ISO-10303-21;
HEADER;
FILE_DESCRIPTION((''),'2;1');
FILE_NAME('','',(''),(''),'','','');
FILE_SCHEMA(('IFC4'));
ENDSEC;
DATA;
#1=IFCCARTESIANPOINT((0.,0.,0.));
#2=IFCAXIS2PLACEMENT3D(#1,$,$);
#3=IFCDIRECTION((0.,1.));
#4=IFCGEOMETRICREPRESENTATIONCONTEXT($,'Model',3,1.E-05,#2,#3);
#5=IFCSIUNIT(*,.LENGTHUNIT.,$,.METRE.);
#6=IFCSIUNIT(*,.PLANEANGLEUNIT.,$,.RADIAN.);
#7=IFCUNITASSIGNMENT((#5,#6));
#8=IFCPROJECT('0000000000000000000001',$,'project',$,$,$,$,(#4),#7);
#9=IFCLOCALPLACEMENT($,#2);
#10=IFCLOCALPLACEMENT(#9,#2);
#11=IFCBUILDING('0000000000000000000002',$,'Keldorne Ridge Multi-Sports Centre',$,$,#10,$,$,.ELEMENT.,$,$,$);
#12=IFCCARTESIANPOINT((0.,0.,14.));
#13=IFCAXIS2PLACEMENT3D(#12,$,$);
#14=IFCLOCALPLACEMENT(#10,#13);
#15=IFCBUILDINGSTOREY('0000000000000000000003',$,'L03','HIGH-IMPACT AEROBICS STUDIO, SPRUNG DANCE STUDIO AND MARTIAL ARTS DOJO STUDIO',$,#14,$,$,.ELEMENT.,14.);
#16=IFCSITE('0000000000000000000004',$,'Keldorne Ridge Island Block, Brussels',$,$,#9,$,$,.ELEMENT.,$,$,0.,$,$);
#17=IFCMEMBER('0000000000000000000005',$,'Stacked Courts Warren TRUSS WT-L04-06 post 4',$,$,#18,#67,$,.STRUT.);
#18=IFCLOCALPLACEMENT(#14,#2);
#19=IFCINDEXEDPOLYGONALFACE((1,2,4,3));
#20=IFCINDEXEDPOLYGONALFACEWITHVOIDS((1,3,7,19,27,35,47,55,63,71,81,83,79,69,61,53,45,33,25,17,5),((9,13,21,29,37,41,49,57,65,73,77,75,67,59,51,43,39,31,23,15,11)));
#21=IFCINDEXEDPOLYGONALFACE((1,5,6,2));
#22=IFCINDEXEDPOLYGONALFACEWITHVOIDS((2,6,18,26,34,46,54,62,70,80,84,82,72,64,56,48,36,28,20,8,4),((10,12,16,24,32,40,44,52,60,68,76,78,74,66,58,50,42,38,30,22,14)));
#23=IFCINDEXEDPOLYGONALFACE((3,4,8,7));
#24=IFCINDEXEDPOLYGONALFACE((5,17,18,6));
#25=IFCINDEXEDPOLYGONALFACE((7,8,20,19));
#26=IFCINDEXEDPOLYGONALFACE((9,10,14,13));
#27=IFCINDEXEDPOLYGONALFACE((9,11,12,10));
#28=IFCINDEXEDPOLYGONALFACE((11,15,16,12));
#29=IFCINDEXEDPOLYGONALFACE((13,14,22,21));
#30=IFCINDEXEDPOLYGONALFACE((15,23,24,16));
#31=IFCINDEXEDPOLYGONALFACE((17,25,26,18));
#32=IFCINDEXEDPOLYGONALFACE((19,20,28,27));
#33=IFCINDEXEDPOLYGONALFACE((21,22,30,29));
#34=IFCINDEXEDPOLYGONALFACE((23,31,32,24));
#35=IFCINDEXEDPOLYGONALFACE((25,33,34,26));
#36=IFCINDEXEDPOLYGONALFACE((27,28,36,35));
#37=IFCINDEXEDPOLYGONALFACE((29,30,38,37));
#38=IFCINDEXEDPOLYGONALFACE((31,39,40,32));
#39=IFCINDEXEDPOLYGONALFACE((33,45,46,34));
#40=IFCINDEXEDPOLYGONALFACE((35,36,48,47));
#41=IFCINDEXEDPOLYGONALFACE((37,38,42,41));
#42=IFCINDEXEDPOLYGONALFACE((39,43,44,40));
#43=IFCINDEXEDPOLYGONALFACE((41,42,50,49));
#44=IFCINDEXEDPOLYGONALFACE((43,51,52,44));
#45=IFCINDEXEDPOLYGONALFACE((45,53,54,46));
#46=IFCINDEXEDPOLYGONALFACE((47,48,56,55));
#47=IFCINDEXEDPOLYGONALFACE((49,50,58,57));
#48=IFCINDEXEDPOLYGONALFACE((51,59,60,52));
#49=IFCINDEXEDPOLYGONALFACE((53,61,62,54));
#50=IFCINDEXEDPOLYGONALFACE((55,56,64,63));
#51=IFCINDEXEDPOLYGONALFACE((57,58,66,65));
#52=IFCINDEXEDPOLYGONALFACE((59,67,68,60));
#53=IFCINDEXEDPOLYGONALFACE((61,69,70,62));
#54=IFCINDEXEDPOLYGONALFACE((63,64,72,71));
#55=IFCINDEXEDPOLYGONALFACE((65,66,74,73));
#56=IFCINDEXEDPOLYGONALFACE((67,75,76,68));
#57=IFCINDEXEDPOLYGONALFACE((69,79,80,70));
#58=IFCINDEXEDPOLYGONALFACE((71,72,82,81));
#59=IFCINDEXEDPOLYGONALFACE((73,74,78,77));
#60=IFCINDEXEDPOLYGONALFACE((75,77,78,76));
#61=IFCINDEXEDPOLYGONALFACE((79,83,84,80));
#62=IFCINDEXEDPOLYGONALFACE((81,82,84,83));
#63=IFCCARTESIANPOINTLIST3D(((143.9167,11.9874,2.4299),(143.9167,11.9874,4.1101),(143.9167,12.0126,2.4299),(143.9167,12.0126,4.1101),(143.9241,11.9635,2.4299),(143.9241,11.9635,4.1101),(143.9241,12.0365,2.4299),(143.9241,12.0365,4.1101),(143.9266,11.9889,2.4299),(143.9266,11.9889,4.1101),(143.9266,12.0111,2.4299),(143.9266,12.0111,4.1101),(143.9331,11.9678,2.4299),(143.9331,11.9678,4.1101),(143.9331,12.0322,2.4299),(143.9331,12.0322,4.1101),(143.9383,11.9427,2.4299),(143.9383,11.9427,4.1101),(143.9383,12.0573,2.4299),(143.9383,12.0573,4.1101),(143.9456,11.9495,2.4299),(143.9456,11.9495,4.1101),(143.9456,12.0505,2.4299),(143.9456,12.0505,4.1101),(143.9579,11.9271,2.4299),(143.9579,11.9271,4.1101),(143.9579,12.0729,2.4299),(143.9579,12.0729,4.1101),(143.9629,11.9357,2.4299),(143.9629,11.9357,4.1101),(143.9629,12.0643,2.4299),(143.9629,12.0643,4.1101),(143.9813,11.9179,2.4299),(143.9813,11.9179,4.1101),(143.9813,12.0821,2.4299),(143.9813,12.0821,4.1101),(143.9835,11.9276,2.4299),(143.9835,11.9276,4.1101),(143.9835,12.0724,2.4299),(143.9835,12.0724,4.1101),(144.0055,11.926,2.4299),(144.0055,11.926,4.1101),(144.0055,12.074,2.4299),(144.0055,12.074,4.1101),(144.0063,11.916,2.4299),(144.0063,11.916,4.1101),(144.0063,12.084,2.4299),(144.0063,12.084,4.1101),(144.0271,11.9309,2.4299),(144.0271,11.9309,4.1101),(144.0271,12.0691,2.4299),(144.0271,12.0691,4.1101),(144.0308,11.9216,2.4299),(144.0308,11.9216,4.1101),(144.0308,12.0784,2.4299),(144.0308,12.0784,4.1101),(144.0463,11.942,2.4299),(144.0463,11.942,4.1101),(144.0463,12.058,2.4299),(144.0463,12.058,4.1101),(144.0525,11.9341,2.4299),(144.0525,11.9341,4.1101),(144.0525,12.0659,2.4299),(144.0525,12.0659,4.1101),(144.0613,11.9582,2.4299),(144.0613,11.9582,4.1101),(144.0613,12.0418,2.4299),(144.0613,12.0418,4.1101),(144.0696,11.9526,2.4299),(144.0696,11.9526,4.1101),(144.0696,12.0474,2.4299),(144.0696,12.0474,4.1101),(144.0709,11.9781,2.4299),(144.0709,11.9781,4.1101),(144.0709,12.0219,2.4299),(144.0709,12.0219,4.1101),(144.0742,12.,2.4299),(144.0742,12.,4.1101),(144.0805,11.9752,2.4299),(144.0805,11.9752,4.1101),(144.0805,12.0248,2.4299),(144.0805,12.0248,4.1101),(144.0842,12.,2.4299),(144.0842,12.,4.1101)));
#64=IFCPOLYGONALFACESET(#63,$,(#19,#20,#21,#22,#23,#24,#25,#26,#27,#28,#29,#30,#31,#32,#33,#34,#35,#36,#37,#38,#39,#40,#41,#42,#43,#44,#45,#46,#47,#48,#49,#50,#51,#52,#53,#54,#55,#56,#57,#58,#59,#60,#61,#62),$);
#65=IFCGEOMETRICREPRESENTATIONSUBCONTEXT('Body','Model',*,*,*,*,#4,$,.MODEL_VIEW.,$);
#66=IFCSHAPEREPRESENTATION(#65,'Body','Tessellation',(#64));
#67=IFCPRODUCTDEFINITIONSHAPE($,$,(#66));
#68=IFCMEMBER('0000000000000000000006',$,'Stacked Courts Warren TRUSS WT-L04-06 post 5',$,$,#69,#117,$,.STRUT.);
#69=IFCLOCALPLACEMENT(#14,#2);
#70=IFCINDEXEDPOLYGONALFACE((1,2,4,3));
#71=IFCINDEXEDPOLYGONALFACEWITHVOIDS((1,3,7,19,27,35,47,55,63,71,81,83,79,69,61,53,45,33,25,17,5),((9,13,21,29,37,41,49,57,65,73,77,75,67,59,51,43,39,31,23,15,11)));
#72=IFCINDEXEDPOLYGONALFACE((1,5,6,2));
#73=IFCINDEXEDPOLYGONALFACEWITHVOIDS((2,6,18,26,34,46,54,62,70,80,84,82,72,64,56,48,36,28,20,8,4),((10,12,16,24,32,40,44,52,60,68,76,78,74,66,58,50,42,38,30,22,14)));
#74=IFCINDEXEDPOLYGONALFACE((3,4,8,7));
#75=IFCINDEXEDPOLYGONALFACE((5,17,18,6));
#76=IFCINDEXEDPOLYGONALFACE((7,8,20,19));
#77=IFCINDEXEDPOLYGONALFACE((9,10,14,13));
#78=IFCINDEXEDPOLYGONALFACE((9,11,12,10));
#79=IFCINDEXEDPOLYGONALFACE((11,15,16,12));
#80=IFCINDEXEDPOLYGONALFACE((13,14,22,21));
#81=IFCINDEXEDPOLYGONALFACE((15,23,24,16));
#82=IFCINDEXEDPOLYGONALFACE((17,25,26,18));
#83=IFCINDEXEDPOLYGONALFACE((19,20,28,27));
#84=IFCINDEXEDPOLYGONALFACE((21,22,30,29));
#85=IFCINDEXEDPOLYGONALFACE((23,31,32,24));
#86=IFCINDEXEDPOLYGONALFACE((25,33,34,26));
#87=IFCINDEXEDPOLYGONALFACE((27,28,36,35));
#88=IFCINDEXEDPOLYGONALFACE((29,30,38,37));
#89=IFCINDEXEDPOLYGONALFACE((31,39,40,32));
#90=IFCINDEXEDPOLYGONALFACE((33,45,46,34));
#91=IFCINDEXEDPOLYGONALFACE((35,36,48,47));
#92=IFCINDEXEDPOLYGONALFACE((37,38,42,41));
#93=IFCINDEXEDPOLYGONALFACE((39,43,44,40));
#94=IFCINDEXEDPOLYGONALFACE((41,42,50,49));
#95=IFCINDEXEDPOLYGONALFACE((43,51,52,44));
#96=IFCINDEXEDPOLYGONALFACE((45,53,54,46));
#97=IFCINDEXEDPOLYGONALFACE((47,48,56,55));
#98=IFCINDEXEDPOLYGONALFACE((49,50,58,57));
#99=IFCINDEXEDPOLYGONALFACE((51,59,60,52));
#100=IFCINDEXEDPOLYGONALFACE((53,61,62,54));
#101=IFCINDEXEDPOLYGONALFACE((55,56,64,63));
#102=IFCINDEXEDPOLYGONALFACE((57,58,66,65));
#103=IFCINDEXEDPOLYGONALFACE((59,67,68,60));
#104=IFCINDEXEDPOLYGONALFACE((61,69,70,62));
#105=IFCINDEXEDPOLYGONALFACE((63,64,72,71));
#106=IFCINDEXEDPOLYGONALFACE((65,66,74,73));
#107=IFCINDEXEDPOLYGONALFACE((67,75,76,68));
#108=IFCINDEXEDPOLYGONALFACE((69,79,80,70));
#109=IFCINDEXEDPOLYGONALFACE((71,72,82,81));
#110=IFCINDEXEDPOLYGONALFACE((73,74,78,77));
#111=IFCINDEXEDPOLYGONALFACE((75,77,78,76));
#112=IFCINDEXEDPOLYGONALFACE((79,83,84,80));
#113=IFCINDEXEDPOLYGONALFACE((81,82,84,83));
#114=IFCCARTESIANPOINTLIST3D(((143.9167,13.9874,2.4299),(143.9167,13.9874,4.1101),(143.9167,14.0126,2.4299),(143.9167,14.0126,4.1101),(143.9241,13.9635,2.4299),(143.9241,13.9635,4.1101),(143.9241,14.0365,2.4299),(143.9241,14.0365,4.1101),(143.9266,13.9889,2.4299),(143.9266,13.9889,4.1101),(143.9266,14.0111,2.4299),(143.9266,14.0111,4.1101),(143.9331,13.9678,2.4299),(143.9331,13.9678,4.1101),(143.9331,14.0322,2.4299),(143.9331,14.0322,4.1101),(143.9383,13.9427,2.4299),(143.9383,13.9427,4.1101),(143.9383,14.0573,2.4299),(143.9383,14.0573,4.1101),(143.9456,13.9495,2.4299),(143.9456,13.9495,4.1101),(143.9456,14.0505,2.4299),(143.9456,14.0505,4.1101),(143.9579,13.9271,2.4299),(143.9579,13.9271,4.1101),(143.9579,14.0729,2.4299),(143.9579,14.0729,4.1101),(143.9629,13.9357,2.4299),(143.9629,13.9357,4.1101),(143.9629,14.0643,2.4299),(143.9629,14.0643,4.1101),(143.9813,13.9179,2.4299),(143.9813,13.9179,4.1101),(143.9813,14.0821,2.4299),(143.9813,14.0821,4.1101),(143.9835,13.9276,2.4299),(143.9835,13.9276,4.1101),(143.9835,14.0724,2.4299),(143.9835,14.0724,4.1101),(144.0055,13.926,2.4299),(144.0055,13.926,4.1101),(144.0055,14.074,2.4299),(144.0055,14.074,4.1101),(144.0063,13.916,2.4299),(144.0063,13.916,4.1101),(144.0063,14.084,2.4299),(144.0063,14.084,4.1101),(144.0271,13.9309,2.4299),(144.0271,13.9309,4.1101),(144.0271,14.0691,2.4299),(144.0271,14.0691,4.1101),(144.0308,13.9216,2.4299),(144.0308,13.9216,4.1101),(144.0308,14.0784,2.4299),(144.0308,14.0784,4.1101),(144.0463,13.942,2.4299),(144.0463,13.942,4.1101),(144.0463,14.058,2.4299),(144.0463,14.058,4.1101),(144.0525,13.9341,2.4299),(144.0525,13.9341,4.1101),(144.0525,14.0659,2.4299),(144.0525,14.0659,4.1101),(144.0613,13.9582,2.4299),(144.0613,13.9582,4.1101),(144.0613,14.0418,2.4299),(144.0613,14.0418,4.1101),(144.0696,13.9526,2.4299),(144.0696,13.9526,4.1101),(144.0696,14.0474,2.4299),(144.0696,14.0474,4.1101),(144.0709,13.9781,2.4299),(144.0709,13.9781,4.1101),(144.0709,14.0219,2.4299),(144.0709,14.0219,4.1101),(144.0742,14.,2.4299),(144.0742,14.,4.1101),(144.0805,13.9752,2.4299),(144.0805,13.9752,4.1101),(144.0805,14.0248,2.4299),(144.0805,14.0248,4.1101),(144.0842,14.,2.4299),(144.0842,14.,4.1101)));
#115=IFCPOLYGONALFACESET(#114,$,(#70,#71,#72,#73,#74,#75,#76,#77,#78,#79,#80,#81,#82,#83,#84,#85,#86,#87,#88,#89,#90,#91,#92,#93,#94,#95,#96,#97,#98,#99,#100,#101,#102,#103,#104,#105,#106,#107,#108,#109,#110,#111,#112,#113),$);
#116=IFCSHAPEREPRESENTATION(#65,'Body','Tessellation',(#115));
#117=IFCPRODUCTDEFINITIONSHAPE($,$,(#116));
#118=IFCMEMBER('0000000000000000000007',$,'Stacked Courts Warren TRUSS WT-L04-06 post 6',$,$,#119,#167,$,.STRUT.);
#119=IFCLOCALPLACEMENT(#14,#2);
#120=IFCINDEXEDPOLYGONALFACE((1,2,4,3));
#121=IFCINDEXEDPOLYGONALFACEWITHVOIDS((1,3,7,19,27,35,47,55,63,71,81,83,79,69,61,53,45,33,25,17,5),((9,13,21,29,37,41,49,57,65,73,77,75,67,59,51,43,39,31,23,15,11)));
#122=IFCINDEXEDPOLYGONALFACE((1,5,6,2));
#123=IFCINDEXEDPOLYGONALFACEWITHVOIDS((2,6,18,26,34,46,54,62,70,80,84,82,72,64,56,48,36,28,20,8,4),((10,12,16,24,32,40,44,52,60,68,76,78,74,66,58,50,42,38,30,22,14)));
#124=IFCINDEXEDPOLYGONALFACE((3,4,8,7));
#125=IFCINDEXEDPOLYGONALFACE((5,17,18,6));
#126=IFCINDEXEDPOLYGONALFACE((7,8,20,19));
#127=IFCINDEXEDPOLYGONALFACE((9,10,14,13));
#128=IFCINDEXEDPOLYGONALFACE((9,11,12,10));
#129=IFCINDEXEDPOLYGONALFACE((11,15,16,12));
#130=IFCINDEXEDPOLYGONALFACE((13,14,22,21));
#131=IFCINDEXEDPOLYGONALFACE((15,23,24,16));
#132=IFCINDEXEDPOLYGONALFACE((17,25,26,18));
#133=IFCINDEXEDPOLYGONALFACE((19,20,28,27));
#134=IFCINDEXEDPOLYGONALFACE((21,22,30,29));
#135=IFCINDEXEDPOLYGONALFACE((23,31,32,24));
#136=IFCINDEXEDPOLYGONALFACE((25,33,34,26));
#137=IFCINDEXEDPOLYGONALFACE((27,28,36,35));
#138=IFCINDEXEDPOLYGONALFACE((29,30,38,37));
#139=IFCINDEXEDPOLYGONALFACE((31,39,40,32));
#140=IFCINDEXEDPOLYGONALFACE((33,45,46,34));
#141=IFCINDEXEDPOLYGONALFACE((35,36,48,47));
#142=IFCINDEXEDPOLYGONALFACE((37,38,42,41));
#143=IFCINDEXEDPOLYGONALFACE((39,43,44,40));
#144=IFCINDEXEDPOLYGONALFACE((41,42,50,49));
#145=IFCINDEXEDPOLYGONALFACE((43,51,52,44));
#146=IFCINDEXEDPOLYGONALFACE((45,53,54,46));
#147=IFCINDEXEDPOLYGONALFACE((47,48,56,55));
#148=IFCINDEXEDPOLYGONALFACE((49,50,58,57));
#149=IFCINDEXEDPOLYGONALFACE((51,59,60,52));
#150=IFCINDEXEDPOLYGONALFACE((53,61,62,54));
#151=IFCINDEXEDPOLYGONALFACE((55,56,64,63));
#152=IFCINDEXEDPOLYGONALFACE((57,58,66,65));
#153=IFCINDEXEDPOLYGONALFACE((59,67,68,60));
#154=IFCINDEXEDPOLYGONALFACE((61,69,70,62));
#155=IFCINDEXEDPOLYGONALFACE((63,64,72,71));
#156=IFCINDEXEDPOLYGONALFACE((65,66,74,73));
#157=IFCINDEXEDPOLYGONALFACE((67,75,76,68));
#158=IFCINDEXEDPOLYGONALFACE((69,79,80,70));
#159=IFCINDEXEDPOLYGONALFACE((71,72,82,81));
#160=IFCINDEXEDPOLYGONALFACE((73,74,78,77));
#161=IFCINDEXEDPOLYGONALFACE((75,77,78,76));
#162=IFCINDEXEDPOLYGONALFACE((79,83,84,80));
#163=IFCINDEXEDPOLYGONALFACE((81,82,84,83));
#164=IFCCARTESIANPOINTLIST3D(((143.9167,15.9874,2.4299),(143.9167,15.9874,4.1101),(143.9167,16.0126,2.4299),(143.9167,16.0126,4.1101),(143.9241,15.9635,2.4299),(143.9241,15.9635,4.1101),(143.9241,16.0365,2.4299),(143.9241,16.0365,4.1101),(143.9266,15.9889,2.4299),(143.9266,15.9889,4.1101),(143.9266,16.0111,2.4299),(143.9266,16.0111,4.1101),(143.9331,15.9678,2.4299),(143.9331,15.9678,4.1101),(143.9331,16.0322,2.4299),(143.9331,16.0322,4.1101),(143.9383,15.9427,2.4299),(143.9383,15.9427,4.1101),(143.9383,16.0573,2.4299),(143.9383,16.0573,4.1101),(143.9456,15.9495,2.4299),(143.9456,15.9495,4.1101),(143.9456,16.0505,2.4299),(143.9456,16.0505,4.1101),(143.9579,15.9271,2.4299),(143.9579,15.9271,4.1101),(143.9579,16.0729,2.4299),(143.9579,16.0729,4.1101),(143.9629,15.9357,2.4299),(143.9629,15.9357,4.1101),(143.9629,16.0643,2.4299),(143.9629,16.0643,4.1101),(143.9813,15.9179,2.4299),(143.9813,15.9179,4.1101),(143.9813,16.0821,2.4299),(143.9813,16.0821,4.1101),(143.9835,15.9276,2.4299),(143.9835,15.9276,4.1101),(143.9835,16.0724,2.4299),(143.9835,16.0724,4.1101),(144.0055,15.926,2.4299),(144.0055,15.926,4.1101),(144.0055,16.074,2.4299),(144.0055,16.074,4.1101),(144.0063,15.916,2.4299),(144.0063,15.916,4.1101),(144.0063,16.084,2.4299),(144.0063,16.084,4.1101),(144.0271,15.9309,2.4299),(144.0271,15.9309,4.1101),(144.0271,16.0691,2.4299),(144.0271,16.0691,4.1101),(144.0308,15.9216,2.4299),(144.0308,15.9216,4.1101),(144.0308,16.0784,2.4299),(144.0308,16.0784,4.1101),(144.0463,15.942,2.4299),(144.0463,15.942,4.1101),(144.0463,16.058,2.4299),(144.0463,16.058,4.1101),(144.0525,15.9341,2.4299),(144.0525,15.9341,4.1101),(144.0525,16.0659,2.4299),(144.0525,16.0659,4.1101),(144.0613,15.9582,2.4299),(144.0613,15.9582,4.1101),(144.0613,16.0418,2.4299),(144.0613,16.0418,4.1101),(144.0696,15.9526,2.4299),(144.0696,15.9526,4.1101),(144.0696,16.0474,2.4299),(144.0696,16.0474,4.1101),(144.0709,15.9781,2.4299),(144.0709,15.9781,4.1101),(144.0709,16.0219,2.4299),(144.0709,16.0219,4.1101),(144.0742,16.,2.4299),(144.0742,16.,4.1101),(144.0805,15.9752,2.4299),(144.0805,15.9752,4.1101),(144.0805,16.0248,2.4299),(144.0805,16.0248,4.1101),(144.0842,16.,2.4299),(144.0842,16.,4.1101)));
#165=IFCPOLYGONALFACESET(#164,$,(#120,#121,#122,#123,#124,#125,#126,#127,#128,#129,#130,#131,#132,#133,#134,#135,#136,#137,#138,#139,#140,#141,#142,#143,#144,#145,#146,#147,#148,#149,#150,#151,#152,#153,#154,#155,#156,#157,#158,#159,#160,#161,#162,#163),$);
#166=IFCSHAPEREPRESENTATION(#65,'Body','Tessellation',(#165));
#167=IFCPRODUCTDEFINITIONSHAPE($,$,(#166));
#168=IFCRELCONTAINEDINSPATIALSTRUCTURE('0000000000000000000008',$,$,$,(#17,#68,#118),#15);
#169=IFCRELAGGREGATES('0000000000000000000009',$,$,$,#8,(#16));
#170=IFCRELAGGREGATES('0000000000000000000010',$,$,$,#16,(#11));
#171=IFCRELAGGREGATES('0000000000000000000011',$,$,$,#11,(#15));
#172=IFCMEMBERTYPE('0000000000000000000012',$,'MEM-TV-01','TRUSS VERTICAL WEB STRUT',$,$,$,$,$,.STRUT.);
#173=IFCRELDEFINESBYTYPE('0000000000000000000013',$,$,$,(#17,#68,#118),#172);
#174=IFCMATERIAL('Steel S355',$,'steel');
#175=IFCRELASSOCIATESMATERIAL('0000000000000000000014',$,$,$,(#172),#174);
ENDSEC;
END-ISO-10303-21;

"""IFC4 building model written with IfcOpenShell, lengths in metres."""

from ifc_helpers import new_model, si_unit, direction, frame, origin, origin_2d, place, context, subcontext, project, spatial, hollow_circle, extrude, material, material_profile, profile_set, type_object, element, save


model = new_model("IFC4")

# Units and contexts
model_context = context("Model", 3, precision=1e-05, world=origin(), true_north=direction((0.0, 1.0)))
body_context = subcontext(model_context, "Body", "Model", "MODEL_VIEW")
ifc_project = project(units=[si_unit("LENGTHUNIT", "METRE"), si_unit("PLANEANGLEUNIT", "RADIAN")], contexts=[model_context])

# Site, building, storey
site_placement = place(None, origin())
site = spatial("IfcSite", under=ifc_project, at=site_placement, Name="Keldorne Ridge Island Block, Brussels", CompositionType="ELEMENT", RefElevation=0.0)
building_placement = place(site_placement, origin())
building = spatial("IfcBuilding", under=site, at=building_placement, Name="Keldorne Ridge Multi-Sports Centre", CompositionType="ELEMENT")
storey_placement = place(building_placement, frame((0.0, 0.0, 14.0)))
storey = spatial("IfcBuildingStorey", under=building, at=storey_placement, Name="L03", Description="HIGH-IMPACT AEROBICS STUDIO, SPRUNG DANCE STUDIO AND MARTIAL ARTS DOJO STUDIO", CompositionType="ELEMENT", Elevation=14.0)

# Members
ifc_material = material(Name="Steel S355", Category="steel")
ifc_material_profile_1 = material_profile(ifc_material, hollow_circle(Radius=0.0842, WallThickness=0.01, at=origin_2d()), Name="CHS 168.3x10")
ifc_profile_set_1 = profile_set([ifc_material_profile_1], Name="Steel S355")
member_type_1 = type_object("IfcMemberType", Name="MEM-TV-01", Description="TRUSS VERTICAL WEB STRUT", PredefinedType="STRUT", material=ifc_profile_set_1)
for number, where, z_axis, x_axis, name in (
    (1, (144.0, 12.0, 2.4299), (0.0, 0.0, 1.0), (1.0, 0.0, 0.0), "Stacked Courts Warren TRUSS WT-L04-06 post 4"),
    (2, (144.0, 14.0, 2.4299), (0.0, 0.0, 1.0), (1.0, 0.0, 0.0), "Stacked Courts Warren TRUSS WT-L04-06 post 5"),
    (3, (144.0, 16.0, 2.4299), (0.0, 0.0, 1.0), (1.0, 0.0, 0.0), "Stacked Courts Warren TRUSS WT-L04-06 post 6"),
):
    element("IfcMember", number, at=place(storey_placement, frame(where, z_axis=z_axis, x_axis=x_axis)), inside=storey, type_object=member_type_1, Name=name, PredefinedType="STRUT", context=body_context, shape_type="SweptSolid", body=[
        extrude(hollow_circle(Radius=0.0842, WallThickness=0.01, at=origin_2d()), origin(), (0.0, 0.0, 1.0), 1.6802),
    ])

save(model, "model.ifc")
